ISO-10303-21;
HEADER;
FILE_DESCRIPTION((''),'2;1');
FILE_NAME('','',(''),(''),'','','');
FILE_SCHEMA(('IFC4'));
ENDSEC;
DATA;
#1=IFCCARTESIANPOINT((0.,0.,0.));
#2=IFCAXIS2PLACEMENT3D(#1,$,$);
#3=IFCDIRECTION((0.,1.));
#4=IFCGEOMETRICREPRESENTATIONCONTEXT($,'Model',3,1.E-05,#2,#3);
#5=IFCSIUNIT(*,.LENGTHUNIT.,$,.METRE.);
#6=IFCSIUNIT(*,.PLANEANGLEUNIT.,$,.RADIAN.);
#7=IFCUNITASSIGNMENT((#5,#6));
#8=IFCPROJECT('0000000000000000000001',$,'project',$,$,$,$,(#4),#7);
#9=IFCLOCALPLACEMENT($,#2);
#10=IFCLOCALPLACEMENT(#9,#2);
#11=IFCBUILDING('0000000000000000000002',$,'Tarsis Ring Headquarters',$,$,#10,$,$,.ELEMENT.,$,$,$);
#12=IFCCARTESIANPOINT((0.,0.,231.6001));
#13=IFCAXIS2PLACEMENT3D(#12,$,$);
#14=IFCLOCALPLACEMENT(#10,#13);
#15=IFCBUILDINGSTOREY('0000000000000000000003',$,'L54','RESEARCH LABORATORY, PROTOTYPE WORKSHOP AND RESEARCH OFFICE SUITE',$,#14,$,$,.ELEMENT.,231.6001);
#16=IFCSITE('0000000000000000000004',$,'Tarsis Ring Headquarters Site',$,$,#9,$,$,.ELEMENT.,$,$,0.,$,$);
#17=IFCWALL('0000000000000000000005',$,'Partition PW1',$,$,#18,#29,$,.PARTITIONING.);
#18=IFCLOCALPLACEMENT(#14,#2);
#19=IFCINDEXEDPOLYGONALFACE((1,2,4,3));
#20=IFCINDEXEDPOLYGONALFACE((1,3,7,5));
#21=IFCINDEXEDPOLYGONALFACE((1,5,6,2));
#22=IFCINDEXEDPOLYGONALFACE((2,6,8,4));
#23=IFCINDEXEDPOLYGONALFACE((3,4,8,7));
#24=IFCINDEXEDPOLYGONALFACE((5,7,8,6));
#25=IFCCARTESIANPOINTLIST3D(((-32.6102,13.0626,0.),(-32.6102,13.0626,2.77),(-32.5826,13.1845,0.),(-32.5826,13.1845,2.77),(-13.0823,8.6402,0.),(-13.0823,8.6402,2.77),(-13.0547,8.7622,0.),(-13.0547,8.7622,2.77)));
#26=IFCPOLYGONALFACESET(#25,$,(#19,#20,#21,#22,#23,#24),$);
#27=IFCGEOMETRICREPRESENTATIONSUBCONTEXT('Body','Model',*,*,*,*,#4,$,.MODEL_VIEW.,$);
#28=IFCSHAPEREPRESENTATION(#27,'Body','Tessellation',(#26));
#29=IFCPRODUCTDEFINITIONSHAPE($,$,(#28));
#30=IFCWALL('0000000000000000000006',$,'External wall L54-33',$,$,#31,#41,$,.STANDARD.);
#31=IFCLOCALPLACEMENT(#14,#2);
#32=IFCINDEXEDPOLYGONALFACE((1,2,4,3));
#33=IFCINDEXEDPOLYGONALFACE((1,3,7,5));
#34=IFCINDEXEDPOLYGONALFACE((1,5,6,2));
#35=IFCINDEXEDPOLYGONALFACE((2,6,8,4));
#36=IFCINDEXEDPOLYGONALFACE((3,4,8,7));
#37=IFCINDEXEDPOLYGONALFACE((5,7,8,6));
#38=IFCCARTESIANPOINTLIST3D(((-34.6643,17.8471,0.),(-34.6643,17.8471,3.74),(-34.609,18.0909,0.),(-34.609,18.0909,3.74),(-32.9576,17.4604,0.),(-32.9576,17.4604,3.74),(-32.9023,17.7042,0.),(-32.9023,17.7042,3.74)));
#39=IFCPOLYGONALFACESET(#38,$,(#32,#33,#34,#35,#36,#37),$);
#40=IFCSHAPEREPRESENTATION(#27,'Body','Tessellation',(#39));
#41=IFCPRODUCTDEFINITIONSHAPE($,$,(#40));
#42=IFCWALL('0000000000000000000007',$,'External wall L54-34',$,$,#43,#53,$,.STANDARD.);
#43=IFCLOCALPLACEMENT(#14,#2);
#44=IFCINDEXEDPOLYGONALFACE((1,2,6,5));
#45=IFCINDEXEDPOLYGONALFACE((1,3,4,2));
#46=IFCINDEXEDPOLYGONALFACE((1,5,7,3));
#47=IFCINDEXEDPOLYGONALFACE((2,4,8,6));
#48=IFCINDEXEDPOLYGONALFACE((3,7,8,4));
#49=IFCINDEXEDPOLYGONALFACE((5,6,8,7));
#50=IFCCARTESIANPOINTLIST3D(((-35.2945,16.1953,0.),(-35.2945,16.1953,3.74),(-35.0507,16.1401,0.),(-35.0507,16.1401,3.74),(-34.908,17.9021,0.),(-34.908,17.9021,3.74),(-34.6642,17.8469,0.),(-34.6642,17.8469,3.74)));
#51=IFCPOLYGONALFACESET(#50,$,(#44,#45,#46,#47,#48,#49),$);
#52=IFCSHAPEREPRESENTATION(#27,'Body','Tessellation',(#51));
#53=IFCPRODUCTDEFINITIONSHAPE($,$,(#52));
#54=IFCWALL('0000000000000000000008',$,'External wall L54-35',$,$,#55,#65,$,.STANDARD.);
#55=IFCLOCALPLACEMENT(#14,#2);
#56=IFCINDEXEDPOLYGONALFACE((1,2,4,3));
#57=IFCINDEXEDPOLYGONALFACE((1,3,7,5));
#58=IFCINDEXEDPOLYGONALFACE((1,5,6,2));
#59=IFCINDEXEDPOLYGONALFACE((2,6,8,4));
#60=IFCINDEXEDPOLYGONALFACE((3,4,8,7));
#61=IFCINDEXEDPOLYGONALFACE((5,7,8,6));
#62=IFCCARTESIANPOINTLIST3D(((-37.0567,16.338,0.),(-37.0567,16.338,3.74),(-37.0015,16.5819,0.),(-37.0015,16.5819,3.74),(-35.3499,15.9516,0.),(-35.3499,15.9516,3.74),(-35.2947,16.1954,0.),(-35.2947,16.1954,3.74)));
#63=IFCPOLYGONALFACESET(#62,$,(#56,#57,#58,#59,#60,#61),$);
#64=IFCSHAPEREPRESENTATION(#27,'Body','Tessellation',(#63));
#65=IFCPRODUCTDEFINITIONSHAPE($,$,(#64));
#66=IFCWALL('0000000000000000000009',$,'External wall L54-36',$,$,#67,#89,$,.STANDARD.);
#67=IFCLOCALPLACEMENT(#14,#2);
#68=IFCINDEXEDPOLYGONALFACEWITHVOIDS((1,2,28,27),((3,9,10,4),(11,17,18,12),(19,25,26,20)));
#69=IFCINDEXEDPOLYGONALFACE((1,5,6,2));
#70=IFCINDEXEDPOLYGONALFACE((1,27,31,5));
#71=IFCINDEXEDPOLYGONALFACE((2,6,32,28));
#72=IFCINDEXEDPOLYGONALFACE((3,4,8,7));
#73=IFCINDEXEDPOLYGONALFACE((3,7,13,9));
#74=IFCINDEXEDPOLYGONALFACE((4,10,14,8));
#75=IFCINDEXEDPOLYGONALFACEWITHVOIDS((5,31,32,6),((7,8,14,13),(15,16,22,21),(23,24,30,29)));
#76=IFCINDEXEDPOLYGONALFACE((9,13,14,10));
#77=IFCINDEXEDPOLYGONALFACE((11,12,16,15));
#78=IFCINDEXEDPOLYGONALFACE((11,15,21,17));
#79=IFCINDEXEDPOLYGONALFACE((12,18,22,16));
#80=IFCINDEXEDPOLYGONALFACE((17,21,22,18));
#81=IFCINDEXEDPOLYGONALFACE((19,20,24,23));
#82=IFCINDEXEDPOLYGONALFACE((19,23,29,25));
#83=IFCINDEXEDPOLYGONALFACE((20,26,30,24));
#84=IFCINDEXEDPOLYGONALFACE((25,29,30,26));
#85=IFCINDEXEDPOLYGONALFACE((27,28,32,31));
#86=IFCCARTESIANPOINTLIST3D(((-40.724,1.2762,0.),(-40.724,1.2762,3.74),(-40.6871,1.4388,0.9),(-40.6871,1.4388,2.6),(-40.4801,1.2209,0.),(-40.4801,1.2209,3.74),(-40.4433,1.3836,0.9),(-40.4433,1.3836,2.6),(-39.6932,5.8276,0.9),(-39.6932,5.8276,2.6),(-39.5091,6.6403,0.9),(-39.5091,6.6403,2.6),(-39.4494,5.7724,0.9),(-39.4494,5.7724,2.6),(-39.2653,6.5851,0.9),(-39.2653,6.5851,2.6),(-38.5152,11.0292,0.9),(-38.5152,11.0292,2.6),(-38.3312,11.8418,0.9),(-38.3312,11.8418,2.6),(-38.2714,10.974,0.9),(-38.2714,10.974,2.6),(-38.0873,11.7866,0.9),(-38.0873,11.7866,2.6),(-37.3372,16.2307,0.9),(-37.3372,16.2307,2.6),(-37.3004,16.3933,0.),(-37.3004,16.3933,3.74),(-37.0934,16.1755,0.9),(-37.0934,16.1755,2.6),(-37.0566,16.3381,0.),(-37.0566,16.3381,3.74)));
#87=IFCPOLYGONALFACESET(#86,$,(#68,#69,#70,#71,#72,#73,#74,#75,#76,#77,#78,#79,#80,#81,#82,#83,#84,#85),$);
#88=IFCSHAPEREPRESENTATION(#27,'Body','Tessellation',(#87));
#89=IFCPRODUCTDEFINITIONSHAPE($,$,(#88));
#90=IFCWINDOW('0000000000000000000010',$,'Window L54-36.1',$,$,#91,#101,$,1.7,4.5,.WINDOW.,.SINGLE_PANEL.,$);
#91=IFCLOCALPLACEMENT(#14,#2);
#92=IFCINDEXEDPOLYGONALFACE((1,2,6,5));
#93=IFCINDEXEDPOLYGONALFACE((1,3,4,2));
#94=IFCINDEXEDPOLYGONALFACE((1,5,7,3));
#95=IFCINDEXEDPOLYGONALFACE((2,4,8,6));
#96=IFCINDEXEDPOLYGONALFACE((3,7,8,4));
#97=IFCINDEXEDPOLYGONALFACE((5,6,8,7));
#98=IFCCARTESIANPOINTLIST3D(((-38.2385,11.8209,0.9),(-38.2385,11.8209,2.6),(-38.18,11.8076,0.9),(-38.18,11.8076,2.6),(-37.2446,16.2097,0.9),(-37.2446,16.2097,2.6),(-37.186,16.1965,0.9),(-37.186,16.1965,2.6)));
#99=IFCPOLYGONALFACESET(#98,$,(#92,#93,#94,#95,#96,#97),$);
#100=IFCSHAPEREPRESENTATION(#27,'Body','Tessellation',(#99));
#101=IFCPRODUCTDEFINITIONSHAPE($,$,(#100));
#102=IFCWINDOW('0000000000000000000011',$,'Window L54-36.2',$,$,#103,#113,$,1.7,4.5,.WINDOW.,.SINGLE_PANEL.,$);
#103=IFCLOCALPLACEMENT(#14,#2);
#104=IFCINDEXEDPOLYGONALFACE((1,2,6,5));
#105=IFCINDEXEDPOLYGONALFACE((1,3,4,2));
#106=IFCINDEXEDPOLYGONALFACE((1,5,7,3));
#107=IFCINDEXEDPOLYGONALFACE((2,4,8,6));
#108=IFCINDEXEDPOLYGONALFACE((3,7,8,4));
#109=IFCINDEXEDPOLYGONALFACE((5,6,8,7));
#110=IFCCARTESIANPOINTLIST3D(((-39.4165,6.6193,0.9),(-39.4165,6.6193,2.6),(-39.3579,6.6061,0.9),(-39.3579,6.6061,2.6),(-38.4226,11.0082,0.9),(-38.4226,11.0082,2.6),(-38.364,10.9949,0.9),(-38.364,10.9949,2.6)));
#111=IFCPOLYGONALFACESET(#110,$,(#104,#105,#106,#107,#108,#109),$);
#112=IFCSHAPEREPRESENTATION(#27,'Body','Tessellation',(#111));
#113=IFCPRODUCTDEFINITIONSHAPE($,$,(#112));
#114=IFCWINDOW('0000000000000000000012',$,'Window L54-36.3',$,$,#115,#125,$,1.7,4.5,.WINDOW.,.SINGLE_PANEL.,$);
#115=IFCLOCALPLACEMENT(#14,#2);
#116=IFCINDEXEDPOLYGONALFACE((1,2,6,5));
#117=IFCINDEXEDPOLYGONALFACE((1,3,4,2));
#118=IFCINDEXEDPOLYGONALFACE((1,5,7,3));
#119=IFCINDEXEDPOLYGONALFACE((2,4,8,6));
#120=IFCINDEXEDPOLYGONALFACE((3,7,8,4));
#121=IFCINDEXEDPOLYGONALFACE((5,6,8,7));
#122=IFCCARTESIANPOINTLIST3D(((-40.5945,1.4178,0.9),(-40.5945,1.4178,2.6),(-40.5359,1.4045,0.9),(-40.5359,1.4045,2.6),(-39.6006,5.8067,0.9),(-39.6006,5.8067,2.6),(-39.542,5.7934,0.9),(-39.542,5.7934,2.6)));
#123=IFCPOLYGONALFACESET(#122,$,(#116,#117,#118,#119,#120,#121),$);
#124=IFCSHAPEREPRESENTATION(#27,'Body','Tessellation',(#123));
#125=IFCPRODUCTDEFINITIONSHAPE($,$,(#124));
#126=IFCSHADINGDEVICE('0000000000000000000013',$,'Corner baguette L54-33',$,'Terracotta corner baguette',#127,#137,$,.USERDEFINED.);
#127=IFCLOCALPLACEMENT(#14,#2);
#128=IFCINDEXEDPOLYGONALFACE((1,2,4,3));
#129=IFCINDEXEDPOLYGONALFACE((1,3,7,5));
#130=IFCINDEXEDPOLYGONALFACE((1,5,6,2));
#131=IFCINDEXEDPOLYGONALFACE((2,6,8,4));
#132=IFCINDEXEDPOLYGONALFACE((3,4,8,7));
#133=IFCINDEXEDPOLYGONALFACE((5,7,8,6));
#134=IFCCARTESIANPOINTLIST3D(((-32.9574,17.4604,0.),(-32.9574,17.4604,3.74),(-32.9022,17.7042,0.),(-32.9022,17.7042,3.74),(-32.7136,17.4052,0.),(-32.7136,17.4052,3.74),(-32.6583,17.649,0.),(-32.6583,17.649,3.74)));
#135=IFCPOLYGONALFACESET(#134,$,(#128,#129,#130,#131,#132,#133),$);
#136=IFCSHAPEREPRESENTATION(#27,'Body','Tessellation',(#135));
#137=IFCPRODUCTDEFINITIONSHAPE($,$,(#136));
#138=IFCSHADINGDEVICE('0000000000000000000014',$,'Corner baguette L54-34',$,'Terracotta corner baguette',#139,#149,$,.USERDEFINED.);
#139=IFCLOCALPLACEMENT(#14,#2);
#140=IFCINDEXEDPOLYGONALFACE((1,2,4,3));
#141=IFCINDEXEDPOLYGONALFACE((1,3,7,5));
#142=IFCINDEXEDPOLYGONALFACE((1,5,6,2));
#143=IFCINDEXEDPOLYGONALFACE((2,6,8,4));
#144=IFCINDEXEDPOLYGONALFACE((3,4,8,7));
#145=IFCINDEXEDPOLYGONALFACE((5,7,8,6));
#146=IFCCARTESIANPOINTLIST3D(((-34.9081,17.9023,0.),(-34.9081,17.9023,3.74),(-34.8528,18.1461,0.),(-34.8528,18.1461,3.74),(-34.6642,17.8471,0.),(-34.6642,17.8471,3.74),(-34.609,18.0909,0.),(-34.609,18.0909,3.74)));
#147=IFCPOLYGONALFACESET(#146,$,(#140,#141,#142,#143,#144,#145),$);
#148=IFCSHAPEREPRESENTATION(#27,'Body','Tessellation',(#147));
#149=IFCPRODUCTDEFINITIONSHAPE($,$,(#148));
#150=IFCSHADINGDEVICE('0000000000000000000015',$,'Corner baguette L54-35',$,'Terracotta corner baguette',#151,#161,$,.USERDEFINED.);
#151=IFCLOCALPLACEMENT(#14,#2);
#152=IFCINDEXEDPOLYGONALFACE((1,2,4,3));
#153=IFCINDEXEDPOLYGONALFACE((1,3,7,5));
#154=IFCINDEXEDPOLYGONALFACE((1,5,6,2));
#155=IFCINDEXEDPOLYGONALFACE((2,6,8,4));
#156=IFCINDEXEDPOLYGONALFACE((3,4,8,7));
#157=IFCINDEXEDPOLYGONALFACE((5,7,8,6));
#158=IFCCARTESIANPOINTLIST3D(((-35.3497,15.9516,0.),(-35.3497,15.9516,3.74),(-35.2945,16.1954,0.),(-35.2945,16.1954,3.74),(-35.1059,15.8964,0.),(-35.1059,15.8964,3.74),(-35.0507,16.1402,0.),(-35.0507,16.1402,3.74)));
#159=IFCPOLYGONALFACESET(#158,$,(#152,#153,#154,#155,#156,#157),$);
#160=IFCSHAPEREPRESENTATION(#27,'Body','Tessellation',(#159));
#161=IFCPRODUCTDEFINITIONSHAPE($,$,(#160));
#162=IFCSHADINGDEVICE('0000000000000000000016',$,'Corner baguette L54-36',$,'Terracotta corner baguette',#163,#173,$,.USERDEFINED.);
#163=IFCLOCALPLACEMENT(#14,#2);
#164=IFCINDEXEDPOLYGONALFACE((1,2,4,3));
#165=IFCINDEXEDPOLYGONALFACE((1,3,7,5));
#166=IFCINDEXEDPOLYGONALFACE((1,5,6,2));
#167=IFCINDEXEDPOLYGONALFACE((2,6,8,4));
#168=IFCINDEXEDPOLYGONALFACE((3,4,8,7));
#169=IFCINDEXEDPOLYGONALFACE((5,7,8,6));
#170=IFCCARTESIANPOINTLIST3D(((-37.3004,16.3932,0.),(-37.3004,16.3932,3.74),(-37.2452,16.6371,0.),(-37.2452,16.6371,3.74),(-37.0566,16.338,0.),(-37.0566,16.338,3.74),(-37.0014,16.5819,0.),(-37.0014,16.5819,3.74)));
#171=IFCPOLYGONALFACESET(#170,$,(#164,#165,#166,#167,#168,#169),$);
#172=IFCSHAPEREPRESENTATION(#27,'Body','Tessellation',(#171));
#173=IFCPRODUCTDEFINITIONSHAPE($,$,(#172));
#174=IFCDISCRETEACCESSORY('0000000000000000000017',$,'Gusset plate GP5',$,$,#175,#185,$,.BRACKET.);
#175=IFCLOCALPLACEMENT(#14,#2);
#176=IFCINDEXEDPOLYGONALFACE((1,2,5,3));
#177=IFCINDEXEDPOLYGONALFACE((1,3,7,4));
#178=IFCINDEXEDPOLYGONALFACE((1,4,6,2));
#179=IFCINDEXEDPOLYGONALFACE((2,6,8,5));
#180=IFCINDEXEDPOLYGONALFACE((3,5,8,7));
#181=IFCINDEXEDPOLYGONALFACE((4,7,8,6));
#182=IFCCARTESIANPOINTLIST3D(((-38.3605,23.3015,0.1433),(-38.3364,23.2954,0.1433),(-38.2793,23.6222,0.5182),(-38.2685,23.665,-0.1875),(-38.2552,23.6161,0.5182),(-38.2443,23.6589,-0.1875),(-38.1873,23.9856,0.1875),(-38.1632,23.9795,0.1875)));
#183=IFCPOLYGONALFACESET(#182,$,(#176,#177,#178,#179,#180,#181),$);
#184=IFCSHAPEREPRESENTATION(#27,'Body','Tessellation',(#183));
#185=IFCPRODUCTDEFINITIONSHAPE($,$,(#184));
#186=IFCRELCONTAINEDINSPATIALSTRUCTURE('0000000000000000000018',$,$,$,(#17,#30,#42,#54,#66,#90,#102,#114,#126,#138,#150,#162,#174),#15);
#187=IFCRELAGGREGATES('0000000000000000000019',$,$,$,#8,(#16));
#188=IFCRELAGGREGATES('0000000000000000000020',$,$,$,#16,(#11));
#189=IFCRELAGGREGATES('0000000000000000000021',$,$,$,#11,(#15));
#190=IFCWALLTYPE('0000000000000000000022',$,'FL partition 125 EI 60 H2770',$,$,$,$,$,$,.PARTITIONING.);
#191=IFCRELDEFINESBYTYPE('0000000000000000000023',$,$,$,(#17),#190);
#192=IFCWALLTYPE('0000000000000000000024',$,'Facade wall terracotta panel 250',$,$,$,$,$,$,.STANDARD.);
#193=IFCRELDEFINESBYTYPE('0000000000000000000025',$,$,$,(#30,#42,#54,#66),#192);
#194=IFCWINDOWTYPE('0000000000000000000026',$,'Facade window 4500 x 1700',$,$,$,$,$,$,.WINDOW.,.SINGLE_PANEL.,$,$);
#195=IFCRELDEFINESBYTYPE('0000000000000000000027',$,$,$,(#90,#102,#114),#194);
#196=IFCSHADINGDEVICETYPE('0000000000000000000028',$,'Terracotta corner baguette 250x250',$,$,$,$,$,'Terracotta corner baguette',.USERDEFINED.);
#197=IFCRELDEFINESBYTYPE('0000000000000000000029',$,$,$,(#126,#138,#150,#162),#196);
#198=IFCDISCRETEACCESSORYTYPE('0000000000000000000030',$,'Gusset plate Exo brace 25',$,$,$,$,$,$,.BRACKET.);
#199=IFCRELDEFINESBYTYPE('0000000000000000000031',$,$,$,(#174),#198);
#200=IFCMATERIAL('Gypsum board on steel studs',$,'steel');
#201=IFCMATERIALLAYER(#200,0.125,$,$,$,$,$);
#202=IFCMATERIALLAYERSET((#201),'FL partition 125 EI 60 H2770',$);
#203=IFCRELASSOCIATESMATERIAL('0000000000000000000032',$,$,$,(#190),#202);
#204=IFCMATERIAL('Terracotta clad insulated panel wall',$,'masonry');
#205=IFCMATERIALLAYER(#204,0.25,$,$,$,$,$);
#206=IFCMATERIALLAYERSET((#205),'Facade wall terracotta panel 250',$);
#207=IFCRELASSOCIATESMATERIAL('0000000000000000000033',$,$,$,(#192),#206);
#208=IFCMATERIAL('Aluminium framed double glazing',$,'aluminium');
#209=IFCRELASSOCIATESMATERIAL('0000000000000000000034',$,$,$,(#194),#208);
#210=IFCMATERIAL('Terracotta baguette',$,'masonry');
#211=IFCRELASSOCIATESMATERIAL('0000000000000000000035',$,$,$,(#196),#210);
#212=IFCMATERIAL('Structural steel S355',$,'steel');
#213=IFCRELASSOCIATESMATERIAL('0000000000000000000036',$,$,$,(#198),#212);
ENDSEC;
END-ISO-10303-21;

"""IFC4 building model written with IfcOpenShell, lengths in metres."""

from ifc_helpers import new_model, si_unit, direction, frame, frame_2d, origin, origin_2d, place, context, subcontext, project, spatial, rectangle, extrude, material, layer, layer_set, material_profile, profile_set, type_object, element, fill, save


model = new_model("IFC4")

# Units and contexts
model_context = context("Model", 3, precision=1e-05, world=origin(), true_north=direction((0.0, 1.0)))
body_context = subcontext(model_context, "Body", "Model", "MODEL_VIEW")
ifc_project = project(units=[si_unit("LENGTHUNIT", "METRE"), si_unit("PLANEANGLEUNIT", "RADIAN")], contexts=[model_context])

# Site, building, storey
site_placement = place(None, origin())
site = spatial("IfcSite", under=ifc_project, at=site_placement, Name="Tarsis Ring Headquarters Site", CompositionType="ELEMENT", RefElevation=0.0)
building_placement = place(site_placement, origin())
building = spatial("IfcBuilding", under=site, at=building_placement, Name="Tarsis Ring Headquarters", CompositionType="ELEMENT")
storey_placement = place(building_placement, frame((0.0, 0.0, 231.6001)))
storey = spatial("IfcBuildingStorey", under=building, at=storey_placement, Name="L54", Description="RESEARCH LABORATORY, PROTOTYPE WORKSHOP AND RESEARCH OFFICE SUITE", CompositionType="ELEMENT", Elevation=231.6001)

# Shared definitions
ifc_material_1 = material(Name="Structural steel S355", Category="steel")

# Walls
ifc_material_2 = material(Name="Gypsum board on steel studs", Category="steel")
ifc_layer_1 = layer(ifc_material_2, 0.125)
ifc_layer_set_1 = layer_set([ifc_layer_1], Name="FL partition 125 EI 60 H2770")
wall_type_1 = type_object("IfcWallType", Name="FL partition 125 EI 60 H2770", PredefinedType="PARTITIONING", material=ifc_layer_set_1)
wall_1_placement = place(storey_placement, frame((-32.5964, 13.1235, 0.0), z_axis=(0.0, 0.0, 1.0), x_axis=(0.975303, -0.220869, 0.0)))
element("IfcWall", 1, at=wall_1_placement, inside=storey, type_object=wall_type_1, Name="Partition PW1", PredefinedType="PARTITIONING", context=body_context, shape_type="SweptSolid", body=[
    extrude(rectangle(XDim=20.0225, YDim=0.125, at=frame_2d((10.0112, 0.0))), origin(), (0.0, 0.0, 1.0), 2.77),
])
ifc_material_3 = material(Name="Terracotta clad insulated panel wall", Category="masonry")
ifc_layer_2 = layer(ifc_material_3, 0.25)
ifc_layer_set_2 = layer_set([ifc_layer_2], Name="Facade wall terracotta panel 250")
wall_type_2 = type_object("IfcWallType", Name="Facade wall terracotta panel 250", PredefinedType="STANDARD", material=ifc_layer_set_2)
for number, where, z_axis, x_axis, name in (
    (2, (-32.9299, 17.5823, 0.0), (0.0, 0.0, 1.0), (-0.975279, 0.220976, 0.0), "External wall L54-33"),
    (3, (-34.7861, 17.8745, 0.0), (0.0, 0.0, 1.0), (-0.220843, -0.975309, 0.0), "External wall L54-34"),
    (4, (-35.3223, 16.0735, 0.0), (0.0, 0.0, 1.0), (-0.975309, 0.220843, 0.0), "External wall L54-35"),
):
    element("IfcWall", number, at=place(storey_placement, frame(where, z_axis=z_axis, x_axis=x_axis)), inside=storey, type_object=wall_type_2, Name=name, PredefinedType="STANDARD", context=body_context, shape_type="SweptSolid", body=[
        extrude(rectangle(XDim=1.75, YDim=0.25, at=frame_2d((0.875, 0.0))), origin(), (0.0, 0.0, 1.0), 3.74),
    ])

# Wall, openings, windows
wall_2_placement = place(storey_placement, frame((-37.1785, 16.3657, 0.0), z_axis=(0.0, 0.0, 1.0), x_axis=(-0.220876, -0.975302, 0.0)))
wall_2 = element("IfcWall", 5, at=wall_2_placement, inside=storey, type_object=wall_type_2, Name="External wall L54-36", PredefinedType="STANDARD", context=body_context, shape_type="SweptSolid", body=[
    extrude(rectangle(XDim=15.5, YDim=0.25, at=frame_2d((7.75, 0.0))), origin(), (0.0, 0.0, 1.0), 3.74),
])
opening_1_placement = place(wall_2_placement, frame((0.1667, 0.0, 0.8999)))
opening_1 = element("IfcOpeningElement", 6, at=opening_1_placement, cuts=wall_2, PredefinedType="OPENING", context=body_context, shape_type="SweptSolid", body=[
    extrude(rectangle(XDim=4.5, YDim=1.7, at=frame_2d((2.25, 0.8501))), frame((0.0, 0.135, 0.0), z_axis=(0.0, -1.0, 0.0), x_axis=(1.0, 0.0, 0.0)), (0.0, 0.0, 1.0), 0.27),
])
opening_2_placement = place(wall_2_placement, frame((5.5, 0.0, 0.8999)))
opening_2 = element("IfcOpeningElement", 7, at=opening_2_placement, cuts=wall_2, PredefinedType="OPENING", context=body_context, shape_type="SweptSolid", body=[
    extrude(rectangle(XDim=4.5, YDim=1.7, at=frame_2d((2.25, 0.8501))), frame((0.0, 0.135, 0.0), z_axis=(0.0, -1.0, 0.0), x_axis=(1.0, 0.0, 0.0)), (0.0, 0.0, 1.0), 0.27),
])
opening_3_placement = place(wall_2_placement, frame((10.8333, 0.0, 0.8999)))
opening_3 = element("IfcOpeningElement", 8, at=opening_3_placement, cuts=wall_2, PredefinedType="OPENING", context=body_context, shape_type="SweptSolid", body=[
    extrude(rectangle(XDim=4.5, YDim=1.7, at=frame_2d((2.25, 0.8501))), frame((0.0, 0.135, 0.0), z_axis=(0.0, -1.0, 0.0), x_axis=(1.0, 0.0, 0.0)), (0.0, 0.0, 1.0), 0.27),
])
ifc_material_4 = material(Name="Aluminium framed double glazing", Category="aluminium")
window_type = type_object("IfcWindowType", Name="Facade window 4500 x 1700", PartitioningType="SINGLE_PANEL", PredefinedType="WINDOW", material=ifc_material_4)
window_1_placement = place(opening_1_placement, origin())
window_1 = element("IfcWindow", 9, at=window_1_placement, inside=storey, type_object=window_type, Name="Window L54-36.1", OverallHeight=1.7, OverallWidth=4.5, PartitioningType="SINGLE_PANEL", PredefinedType="WINDOW", context=body_context, shape_type="SweptSolid", body=[
    extrude(rectangle(XDim=4.5, YDim=1.7, at=frame_2d((2.25, 0.8501))), frame((0.0, 0.03, 0.0), z_axis=(0.0, -1.0, 0.0), x_axis=(1.0, 0.0, 0.0)), (0.0, 0.0, 1.0), 0.0601),
])
fill(opening_1, window_1)
window_2_placement = place(opening_2_placement, origin())
window_2 = element("IfcWindow", 10, at=window_2_placement, inside=storey, type_object=window_type, Name="Window L54-36.2", OverallHeight=1.7, OverallWidth=4.5, PartitioningType="SINGLE_PANEL", PredefinedType="WINDOW", context=body_context, shape_type="SweptSolid", body=[
    extrude(rectangle(XDim=4.5, YDim=1.7, at=frame_2d((2.25, 0.8501))), frame((0.0, 0.03, 0.0), z_axis=(0.0, -1.0, 0.0), x_axis=(1.0, 0.0, 0.0)), (0.0, 0.0, 1.0), 0.0601),
])
fill(opening_2, window_2)
window_3_placement = place(opening_3_placement, origin())
window_3 = element("IfcWindow", 11, at=window_3_placement, inside=storey, type_object=window_type, Name="Window L54-36.3", OverallHeight=1.7, OverallWidth=4.5, PartitioningType="SINGLE_PANEL", PredefinedType="WINDOW", context=body_context, shape_type="SweptSolid", body=[
    extrude(rectangle(XDim=4.5, YDim=1.7, at=frame_2d((2.25, 0.8501))), frame((0.0, 0.03, 0.0), z_axis=(0.0, -1.0, 0.0), x_axis=(1.0, 0.0, 0.0)), (0.0, 0.0, 1.0), 0.0601),
])
fill(opening_3, window_3)

# Shading devices
ifc_material_5 = material(Name="Terracotta baguette", Category="masonry")
shading_device_type_1 = type_object("IfcShadingDeviceType", Name="Terracotta corner baguette 250x250", ElementType="Terracotta corner baguette", PredefinedType="USERDEFINED", material=ifc_material_5)
for number, where, z_axis, x_axis, name in (
    (12, (-32.8079, 17.5547, 0.0), (0.0, 0.0, 1.0), (-0.220868, -0.975304, 0.0), "Corner baguette L54-33"),
    (13, (-34.7585, 17.9966, 0.0), (0.0, 0.0, 1.0), (-0.975304, 0.220868, 0.0), "Corner baguette L54-34"),
    (14, (-35.2002, 16.0459, 0.0), (0.0, 0.0, 1.0), (-0.220868, -0.975304, 0.0), "Corner baguette L54-35"),
    (15, (-37.1509, 16.4875, 0.0), (0.0, 0.0, 1.0), (-0.975304, 0.220868, 0.0), "Corner baguette L54-36"),
):
    element("IfcShadingDevice", number, at=place(storey_placement, frame(where, z_axis=z_axis, x_axis=x_axis)), inside=storey, type_object=shading_device_type_1, Name=name, ObjectType="Terracotta corner baguette", PredefinedType="USERDEFINED", context=body_context, shape_type="SweptSolid", body=[
        extrude(rectangle(XDim=0.25, YDim=0.25, at=origin_2d()), origin(), (0.0, 0.0, 1.0), 3.74),
    ])

# Discrete accessory
ifc_material_profile_1 = material_profile(ifc_material_1, rectangle(XDim=0.0249, YDim=0.5, at=origin_2d()), Name="PL 25x500")
ifc_profile_set_1 = profile_set([ifc_material_profile_1], Name="Structural steel S355")
discrete_accessory_type = type_object("IfcDiscreteAccessoryType", Name="Gusset plate Exo brace 25", PredefinedType="BRACKET", material=ifc_profile_set_1)
discrete_accessory_1_placement = place(storey_placement, frame((-38.2158, 23.8223, 0.0), z_axis=(-0.184061, -0.726967, 0.661545), x_axis=(0.96941, -0.245445, 0.0)))
element("IfcDiscreteAccessory", 16, at=discrete_accessory_1_placement, inside=storey, type_object=discrete_accessory_type, Name="Gusset plate GP5", PredefinedType="BRACKET", context=body_context, shape_type="SweptSolid", body=[
    extrude(rectangle(XDim=0.0249, YDim=0.5, at=origin_2d()), origin(), (0.0, 0.0, 1.0), 0.5),
])

save(model, "model.ifc")
